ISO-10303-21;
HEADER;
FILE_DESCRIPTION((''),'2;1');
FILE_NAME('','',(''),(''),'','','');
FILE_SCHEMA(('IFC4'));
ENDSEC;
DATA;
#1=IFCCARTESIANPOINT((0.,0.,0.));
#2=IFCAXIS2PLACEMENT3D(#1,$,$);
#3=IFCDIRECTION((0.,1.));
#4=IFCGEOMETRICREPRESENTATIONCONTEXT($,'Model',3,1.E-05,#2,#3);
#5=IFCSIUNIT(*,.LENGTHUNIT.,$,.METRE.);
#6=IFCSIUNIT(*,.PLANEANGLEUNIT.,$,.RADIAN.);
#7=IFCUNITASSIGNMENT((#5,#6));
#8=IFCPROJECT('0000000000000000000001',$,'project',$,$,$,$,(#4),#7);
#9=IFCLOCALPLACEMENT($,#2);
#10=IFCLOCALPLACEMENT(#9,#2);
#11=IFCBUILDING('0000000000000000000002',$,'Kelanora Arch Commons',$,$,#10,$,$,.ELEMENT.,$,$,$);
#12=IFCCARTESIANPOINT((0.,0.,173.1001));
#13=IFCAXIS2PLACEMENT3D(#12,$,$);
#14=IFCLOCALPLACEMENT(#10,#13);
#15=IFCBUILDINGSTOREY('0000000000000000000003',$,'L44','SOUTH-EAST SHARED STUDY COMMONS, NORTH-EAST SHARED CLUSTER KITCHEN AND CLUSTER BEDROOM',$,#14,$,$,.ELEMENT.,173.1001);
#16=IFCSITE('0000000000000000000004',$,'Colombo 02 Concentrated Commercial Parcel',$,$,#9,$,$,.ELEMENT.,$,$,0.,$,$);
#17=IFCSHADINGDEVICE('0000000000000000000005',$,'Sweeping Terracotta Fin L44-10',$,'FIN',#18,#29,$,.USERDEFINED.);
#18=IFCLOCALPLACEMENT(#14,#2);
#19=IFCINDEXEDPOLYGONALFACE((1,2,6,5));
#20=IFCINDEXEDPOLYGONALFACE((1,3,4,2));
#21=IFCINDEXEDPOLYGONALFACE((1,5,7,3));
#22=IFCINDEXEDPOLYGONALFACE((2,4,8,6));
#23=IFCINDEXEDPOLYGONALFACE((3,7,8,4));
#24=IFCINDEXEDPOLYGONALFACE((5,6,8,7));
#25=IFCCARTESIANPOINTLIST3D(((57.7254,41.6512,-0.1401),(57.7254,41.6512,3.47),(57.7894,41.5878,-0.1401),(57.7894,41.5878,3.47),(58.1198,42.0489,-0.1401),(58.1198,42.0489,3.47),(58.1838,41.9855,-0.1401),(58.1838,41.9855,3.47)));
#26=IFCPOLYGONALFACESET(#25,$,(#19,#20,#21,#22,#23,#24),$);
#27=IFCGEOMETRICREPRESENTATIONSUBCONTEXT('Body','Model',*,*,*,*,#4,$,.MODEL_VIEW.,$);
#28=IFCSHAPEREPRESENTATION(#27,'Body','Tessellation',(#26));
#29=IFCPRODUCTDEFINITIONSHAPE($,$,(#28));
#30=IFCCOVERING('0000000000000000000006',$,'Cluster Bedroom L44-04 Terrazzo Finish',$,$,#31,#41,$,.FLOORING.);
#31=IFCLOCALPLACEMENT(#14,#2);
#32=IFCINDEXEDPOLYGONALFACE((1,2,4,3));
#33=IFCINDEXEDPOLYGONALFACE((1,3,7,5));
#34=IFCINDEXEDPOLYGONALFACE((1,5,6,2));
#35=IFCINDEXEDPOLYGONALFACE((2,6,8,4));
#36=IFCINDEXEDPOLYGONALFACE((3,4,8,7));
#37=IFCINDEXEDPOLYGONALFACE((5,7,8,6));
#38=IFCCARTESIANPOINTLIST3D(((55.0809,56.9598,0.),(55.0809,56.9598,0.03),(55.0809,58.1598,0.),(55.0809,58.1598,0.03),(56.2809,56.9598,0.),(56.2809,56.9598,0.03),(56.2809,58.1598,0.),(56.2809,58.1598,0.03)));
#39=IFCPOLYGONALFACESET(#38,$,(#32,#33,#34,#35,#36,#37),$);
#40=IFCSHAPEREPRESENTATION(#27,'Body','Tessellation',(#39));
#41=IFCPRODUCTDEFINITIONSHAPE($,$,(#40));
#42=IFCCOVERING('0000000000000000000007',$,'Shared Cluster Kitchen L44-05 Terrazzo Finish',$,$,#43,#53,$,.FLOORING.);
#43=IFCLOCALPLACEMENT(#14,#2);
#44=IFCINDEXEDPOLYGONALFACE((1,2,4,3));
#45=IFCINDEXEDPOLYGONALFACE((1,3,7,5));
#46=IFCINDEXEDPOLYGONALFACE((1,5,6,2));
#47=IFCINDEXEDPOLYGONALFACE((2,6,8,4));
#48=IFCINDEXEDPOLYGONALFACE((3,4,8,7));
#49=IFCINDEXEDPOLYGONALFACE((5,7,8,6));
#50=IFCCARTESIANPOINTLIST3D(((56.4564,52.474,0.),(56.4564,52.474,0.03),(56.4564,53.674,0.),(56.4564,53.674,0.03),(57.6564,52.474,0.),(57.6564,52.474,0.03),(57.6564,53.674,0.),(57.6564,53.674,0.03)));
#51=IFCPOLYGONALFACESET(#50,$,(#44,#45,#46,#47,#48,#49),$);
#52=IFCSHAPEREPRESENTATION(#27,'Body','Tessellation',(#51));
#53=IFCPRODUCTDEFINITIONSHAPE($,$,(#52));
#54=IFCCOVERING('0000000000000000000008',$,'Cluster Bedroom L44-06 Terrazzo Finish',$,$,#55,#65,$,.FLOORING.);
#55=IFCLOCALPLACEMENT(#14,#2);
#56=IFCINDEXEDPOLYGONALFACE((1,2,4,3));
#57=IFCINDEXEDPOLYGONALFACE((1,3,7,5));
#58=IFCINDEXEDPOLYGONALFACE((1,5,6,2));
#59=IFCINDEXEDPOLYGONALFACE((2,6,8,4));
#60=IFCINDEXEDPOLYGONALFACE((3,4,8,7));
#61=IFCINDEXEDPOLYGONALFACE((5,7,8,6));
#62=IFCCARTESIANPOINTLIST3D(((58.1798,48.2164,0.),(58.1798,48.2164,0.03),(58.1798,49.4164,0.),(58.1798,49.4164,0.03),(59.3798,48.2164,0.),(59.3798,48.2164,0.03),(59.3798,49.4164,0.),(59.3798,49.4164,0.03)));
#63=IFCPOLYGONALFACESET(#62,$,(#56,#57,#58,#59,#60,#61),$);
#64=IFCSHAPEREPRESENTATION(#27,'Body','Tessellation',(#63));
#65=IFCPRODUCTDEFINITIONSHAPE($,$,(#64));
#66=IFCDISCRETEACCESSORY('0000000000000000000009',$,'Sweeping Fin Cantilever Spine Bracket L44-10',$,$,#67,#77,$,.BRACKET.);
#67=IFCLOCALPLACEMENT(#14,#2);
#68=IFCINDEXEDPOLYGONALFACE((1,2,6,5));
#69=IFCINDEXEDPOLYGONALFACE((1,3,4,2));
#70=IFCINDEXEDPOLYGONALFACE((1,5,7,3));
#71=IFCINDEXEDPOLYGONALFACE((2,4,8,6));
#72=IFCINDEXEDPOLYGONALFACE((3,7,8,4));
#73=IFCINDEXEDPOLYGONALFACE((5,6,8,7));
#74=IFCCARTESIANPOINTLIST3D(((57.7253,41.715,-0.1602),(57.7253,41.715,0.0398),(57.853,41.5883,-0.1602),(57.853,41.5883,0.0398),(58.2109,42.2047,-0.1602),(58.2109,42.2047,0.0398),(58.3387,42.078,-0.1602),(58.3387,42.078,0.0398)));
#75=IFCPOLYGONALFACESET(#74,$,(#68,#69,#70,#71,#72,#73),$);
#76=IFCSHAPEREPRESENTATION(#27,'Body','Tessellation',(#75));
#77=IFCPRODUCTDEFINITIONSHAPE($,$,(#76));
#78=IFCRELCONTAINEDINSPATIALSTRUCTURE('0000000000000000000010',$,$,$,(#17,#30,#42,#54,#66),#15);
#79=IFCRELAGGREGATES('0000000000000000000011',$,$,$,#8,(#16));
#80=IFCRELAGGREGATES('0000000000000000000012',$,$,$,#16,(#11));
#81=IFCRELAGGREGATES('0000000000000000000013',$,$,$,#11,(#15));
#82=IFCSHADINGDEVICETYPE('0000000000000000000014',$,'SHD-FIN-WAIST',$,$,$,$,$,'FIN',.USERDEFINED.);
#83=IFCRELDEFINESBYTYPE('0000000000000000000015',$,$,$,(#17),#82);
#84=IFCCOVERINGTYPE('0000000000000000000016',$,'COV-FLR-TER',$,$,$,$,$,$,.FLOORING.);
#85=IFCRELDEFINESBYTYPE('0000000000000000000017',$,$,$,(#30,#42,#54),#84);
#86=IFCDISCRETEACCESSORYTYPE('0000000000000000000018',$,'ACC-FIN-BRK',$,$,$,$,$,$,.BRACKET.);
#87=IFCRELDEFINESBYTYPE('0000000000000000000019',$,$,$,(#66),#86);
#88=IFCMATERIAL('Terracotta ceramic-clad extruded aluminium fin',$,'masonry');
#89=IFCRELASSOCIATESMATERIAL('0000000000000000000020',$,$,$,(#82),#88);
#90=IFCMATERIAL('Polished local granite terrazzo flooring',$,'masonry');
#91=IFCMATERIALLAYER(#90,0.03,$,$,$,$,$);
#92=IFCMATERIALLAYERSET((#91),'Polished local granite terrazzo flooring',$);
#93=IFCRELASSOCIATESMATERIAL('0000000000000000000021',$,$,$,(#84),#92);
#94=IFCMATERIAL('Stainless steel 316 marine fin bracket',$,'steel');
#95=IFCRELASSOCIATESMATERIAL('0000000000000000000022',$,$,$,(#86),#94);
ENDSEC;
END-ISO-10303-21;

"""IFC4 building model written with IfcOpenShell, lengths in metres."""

from ifc_helpers import new_model, si_unit, direction, frame, origin, origin_2d, place, context, subcontext, project, spatial, rectangle, extrude, source, transform, mapped, material, layer, layer_set, type_object, element, save


model = new_model("IFC4")

# Units and contexts
model_context = context("Model", 3, precision=1e-05, world=origin(), true_north=direction((0.0, 1.0)))
body_context = subcontext(model_context, "Body", "Model", "MODEL_VIEW")
ifc_project = project(units=[si_unit("LENGTHUNIT", "METRE"), si_unit("PLANEANGLEUNIT", "RADIAN")], contexts=[model_context])

# Site, building, storey
site_placement = place(None, origin())
site = spatial("IfcSite", under=ifc_project, at=site_placement, Name="Colombo 02 Concentrated Commercial Parcel", CompositionType="ELEMENT", RefElevation=0.0)
building_placement = place(site_placement, origin())
building = spatial("IfcBuilding", under=site, at=building_placement, Name="Kelanora Arch Commons", CompositionType="ELEMENT")
storey_placement = place(building_placement, frame((0.0, 0.0, 173.1001)))
storey = spatial("IfcBuildingStorey", under=building, at=storey_placement, Name="L44", Description="SOUTH-EAST SHARED STUDY COMMONS, NORTH-EAST SHARED CLUSTER KITCHEN AND CLUSTER BEDROOM", CompositionType="ELEMENT", Elevation=173.1001)

# Shading device
ifc_material_1 = material(Name="Terracotta ceramic-clad extruded aluminium fin", Category="masonry")
shading_device_type = type_object("IfcShadingDeviceType", Name="SHD-FIN-WAIST", ElementType="FIN", PredefinedType="USERDEFINED", material=ifc_material_1)
shared_shape_1 = source(origin(), body_context, "Body", "SweptSolid", [
    extrude(rectangle(XDim=0.5601, YDim=0.0901, at=origin_2d()), origin(), (0.0, 0.0, 1.0), 3.6101),
])
shading_device_placement = place(storey_placement, frame((57.9546, 41.8184, -0.1401), z_axis=(0.0, 0.0, 1.0), x_axis=(-0.704139, -0.710062, 0.0)))
element("IfcShadingDevice", 1, at=shading_device_placement, inside=storey, type_object=shading_device_type, Name="Sweeping Terracotta Fin L44-10", ObjectType="FIN", PredefinedType="USERDEFINED", context=body_context, shape_type="MappedRepresentation", body=[
    mapped(shared_shape_1, transform((0.0, 0.0, 0.0), scale=1.0)),
])

# Coverings
ifc_material_2 = material(Name="Polished local granite terrazzo flooring", Category="masonry")
ifc_layer_1 = layer(ifc_material_2, 0.03)
ifc_layer_set_1 = layer_set([ifc_layer_1], Name="Polished local granite terrazzo flooring")
covering_type = type_object("IfcCoveringType", Name="COV-FLR-TER", PredefinedType="FLOORING", material=ifc_layer_set_1)
shared_shape_2 = source(origin(), body_context, "Body", "SweptSolid", [
    extrude(rectangle(XDim=1.2, YDim=1.2, at=origin_2d()), origin(), (0.0, 0.0, 1.0), 0.03),
])
for number, where, z_axis, x_axis, name in (
    (2, (55.6809, 57.5598, 0.0), (0.0, 0.0, 1.0), (1.0, 0.0, 0.0), "Cluster Bedroom L44-04 Terrazzo Finish"),
    (3, (57.0564, 53.074, 0.0), (0.0, 0.0, 1.0), (1.0, 0.0, 0.0), "Shared Cluster Kitchen L44-05 Terrazzo Finish"),
    (4, (58.7798, 48.8164, 0.0), (0.0, 0.0, 1.0), (1.0, 0.0, 0.0), "Cluster Bedroom L44-06 Terrazzo Finish"),
):
    element("IfcCovering", number, at=place(storey_placement, frame(where, z_axis=z_axis, x_axis=x_axis)), inside=storey, type_object=covering_type, Name=name, PredefinedType="FLOORING", context=body_context, shape_type="MappedRepresentation", body=[
        mapped(shared_shape_2, transform((0.0, 0.0, 0.0), scale=1.0)),
    ])

# Discrete accessory
ifc_material_3 = material(Name="Stainless steel 316 marine fin bracket", Category="steel")
discrete_accessory_type = type_object("IfcDiscreteAccessoryType", Name="ACC-FIN-BRK", PredefinedType="BRACKET", material=ifc_material_3)
shared_shape_3 = source(origin(), body_context, "Body", "SweptSolid", [
    extrude(rectangle(XDim=0.6897, YDim=0.1799, at=origin_2d()), origin(), (0.0, 0.0, 1.0), 0.2),
])
discrete_accessory_placement = place(storey_placement, frame((58.032, 41.8965, -0.1602), z_axis=(0.0, 0.0, 1.0), x_axis=(-0.704139, -0.710062, 0.0)))
element("IfcDiscreteAccessory", 5, at=discrete_accessory_placement, inside=storey, type_object=discrete_accessory_type, Name="Sweeping Fin Cantilever Spine Bracket L44-10", PredefinedType="BRACKET", context=body_context, shape_type="MappedRepresentation", body=[
    mapped(shared_shape_3, transform((0.0, 0.0, 0.0), scale=1.0)),
])

save(model, "model.ifc")
